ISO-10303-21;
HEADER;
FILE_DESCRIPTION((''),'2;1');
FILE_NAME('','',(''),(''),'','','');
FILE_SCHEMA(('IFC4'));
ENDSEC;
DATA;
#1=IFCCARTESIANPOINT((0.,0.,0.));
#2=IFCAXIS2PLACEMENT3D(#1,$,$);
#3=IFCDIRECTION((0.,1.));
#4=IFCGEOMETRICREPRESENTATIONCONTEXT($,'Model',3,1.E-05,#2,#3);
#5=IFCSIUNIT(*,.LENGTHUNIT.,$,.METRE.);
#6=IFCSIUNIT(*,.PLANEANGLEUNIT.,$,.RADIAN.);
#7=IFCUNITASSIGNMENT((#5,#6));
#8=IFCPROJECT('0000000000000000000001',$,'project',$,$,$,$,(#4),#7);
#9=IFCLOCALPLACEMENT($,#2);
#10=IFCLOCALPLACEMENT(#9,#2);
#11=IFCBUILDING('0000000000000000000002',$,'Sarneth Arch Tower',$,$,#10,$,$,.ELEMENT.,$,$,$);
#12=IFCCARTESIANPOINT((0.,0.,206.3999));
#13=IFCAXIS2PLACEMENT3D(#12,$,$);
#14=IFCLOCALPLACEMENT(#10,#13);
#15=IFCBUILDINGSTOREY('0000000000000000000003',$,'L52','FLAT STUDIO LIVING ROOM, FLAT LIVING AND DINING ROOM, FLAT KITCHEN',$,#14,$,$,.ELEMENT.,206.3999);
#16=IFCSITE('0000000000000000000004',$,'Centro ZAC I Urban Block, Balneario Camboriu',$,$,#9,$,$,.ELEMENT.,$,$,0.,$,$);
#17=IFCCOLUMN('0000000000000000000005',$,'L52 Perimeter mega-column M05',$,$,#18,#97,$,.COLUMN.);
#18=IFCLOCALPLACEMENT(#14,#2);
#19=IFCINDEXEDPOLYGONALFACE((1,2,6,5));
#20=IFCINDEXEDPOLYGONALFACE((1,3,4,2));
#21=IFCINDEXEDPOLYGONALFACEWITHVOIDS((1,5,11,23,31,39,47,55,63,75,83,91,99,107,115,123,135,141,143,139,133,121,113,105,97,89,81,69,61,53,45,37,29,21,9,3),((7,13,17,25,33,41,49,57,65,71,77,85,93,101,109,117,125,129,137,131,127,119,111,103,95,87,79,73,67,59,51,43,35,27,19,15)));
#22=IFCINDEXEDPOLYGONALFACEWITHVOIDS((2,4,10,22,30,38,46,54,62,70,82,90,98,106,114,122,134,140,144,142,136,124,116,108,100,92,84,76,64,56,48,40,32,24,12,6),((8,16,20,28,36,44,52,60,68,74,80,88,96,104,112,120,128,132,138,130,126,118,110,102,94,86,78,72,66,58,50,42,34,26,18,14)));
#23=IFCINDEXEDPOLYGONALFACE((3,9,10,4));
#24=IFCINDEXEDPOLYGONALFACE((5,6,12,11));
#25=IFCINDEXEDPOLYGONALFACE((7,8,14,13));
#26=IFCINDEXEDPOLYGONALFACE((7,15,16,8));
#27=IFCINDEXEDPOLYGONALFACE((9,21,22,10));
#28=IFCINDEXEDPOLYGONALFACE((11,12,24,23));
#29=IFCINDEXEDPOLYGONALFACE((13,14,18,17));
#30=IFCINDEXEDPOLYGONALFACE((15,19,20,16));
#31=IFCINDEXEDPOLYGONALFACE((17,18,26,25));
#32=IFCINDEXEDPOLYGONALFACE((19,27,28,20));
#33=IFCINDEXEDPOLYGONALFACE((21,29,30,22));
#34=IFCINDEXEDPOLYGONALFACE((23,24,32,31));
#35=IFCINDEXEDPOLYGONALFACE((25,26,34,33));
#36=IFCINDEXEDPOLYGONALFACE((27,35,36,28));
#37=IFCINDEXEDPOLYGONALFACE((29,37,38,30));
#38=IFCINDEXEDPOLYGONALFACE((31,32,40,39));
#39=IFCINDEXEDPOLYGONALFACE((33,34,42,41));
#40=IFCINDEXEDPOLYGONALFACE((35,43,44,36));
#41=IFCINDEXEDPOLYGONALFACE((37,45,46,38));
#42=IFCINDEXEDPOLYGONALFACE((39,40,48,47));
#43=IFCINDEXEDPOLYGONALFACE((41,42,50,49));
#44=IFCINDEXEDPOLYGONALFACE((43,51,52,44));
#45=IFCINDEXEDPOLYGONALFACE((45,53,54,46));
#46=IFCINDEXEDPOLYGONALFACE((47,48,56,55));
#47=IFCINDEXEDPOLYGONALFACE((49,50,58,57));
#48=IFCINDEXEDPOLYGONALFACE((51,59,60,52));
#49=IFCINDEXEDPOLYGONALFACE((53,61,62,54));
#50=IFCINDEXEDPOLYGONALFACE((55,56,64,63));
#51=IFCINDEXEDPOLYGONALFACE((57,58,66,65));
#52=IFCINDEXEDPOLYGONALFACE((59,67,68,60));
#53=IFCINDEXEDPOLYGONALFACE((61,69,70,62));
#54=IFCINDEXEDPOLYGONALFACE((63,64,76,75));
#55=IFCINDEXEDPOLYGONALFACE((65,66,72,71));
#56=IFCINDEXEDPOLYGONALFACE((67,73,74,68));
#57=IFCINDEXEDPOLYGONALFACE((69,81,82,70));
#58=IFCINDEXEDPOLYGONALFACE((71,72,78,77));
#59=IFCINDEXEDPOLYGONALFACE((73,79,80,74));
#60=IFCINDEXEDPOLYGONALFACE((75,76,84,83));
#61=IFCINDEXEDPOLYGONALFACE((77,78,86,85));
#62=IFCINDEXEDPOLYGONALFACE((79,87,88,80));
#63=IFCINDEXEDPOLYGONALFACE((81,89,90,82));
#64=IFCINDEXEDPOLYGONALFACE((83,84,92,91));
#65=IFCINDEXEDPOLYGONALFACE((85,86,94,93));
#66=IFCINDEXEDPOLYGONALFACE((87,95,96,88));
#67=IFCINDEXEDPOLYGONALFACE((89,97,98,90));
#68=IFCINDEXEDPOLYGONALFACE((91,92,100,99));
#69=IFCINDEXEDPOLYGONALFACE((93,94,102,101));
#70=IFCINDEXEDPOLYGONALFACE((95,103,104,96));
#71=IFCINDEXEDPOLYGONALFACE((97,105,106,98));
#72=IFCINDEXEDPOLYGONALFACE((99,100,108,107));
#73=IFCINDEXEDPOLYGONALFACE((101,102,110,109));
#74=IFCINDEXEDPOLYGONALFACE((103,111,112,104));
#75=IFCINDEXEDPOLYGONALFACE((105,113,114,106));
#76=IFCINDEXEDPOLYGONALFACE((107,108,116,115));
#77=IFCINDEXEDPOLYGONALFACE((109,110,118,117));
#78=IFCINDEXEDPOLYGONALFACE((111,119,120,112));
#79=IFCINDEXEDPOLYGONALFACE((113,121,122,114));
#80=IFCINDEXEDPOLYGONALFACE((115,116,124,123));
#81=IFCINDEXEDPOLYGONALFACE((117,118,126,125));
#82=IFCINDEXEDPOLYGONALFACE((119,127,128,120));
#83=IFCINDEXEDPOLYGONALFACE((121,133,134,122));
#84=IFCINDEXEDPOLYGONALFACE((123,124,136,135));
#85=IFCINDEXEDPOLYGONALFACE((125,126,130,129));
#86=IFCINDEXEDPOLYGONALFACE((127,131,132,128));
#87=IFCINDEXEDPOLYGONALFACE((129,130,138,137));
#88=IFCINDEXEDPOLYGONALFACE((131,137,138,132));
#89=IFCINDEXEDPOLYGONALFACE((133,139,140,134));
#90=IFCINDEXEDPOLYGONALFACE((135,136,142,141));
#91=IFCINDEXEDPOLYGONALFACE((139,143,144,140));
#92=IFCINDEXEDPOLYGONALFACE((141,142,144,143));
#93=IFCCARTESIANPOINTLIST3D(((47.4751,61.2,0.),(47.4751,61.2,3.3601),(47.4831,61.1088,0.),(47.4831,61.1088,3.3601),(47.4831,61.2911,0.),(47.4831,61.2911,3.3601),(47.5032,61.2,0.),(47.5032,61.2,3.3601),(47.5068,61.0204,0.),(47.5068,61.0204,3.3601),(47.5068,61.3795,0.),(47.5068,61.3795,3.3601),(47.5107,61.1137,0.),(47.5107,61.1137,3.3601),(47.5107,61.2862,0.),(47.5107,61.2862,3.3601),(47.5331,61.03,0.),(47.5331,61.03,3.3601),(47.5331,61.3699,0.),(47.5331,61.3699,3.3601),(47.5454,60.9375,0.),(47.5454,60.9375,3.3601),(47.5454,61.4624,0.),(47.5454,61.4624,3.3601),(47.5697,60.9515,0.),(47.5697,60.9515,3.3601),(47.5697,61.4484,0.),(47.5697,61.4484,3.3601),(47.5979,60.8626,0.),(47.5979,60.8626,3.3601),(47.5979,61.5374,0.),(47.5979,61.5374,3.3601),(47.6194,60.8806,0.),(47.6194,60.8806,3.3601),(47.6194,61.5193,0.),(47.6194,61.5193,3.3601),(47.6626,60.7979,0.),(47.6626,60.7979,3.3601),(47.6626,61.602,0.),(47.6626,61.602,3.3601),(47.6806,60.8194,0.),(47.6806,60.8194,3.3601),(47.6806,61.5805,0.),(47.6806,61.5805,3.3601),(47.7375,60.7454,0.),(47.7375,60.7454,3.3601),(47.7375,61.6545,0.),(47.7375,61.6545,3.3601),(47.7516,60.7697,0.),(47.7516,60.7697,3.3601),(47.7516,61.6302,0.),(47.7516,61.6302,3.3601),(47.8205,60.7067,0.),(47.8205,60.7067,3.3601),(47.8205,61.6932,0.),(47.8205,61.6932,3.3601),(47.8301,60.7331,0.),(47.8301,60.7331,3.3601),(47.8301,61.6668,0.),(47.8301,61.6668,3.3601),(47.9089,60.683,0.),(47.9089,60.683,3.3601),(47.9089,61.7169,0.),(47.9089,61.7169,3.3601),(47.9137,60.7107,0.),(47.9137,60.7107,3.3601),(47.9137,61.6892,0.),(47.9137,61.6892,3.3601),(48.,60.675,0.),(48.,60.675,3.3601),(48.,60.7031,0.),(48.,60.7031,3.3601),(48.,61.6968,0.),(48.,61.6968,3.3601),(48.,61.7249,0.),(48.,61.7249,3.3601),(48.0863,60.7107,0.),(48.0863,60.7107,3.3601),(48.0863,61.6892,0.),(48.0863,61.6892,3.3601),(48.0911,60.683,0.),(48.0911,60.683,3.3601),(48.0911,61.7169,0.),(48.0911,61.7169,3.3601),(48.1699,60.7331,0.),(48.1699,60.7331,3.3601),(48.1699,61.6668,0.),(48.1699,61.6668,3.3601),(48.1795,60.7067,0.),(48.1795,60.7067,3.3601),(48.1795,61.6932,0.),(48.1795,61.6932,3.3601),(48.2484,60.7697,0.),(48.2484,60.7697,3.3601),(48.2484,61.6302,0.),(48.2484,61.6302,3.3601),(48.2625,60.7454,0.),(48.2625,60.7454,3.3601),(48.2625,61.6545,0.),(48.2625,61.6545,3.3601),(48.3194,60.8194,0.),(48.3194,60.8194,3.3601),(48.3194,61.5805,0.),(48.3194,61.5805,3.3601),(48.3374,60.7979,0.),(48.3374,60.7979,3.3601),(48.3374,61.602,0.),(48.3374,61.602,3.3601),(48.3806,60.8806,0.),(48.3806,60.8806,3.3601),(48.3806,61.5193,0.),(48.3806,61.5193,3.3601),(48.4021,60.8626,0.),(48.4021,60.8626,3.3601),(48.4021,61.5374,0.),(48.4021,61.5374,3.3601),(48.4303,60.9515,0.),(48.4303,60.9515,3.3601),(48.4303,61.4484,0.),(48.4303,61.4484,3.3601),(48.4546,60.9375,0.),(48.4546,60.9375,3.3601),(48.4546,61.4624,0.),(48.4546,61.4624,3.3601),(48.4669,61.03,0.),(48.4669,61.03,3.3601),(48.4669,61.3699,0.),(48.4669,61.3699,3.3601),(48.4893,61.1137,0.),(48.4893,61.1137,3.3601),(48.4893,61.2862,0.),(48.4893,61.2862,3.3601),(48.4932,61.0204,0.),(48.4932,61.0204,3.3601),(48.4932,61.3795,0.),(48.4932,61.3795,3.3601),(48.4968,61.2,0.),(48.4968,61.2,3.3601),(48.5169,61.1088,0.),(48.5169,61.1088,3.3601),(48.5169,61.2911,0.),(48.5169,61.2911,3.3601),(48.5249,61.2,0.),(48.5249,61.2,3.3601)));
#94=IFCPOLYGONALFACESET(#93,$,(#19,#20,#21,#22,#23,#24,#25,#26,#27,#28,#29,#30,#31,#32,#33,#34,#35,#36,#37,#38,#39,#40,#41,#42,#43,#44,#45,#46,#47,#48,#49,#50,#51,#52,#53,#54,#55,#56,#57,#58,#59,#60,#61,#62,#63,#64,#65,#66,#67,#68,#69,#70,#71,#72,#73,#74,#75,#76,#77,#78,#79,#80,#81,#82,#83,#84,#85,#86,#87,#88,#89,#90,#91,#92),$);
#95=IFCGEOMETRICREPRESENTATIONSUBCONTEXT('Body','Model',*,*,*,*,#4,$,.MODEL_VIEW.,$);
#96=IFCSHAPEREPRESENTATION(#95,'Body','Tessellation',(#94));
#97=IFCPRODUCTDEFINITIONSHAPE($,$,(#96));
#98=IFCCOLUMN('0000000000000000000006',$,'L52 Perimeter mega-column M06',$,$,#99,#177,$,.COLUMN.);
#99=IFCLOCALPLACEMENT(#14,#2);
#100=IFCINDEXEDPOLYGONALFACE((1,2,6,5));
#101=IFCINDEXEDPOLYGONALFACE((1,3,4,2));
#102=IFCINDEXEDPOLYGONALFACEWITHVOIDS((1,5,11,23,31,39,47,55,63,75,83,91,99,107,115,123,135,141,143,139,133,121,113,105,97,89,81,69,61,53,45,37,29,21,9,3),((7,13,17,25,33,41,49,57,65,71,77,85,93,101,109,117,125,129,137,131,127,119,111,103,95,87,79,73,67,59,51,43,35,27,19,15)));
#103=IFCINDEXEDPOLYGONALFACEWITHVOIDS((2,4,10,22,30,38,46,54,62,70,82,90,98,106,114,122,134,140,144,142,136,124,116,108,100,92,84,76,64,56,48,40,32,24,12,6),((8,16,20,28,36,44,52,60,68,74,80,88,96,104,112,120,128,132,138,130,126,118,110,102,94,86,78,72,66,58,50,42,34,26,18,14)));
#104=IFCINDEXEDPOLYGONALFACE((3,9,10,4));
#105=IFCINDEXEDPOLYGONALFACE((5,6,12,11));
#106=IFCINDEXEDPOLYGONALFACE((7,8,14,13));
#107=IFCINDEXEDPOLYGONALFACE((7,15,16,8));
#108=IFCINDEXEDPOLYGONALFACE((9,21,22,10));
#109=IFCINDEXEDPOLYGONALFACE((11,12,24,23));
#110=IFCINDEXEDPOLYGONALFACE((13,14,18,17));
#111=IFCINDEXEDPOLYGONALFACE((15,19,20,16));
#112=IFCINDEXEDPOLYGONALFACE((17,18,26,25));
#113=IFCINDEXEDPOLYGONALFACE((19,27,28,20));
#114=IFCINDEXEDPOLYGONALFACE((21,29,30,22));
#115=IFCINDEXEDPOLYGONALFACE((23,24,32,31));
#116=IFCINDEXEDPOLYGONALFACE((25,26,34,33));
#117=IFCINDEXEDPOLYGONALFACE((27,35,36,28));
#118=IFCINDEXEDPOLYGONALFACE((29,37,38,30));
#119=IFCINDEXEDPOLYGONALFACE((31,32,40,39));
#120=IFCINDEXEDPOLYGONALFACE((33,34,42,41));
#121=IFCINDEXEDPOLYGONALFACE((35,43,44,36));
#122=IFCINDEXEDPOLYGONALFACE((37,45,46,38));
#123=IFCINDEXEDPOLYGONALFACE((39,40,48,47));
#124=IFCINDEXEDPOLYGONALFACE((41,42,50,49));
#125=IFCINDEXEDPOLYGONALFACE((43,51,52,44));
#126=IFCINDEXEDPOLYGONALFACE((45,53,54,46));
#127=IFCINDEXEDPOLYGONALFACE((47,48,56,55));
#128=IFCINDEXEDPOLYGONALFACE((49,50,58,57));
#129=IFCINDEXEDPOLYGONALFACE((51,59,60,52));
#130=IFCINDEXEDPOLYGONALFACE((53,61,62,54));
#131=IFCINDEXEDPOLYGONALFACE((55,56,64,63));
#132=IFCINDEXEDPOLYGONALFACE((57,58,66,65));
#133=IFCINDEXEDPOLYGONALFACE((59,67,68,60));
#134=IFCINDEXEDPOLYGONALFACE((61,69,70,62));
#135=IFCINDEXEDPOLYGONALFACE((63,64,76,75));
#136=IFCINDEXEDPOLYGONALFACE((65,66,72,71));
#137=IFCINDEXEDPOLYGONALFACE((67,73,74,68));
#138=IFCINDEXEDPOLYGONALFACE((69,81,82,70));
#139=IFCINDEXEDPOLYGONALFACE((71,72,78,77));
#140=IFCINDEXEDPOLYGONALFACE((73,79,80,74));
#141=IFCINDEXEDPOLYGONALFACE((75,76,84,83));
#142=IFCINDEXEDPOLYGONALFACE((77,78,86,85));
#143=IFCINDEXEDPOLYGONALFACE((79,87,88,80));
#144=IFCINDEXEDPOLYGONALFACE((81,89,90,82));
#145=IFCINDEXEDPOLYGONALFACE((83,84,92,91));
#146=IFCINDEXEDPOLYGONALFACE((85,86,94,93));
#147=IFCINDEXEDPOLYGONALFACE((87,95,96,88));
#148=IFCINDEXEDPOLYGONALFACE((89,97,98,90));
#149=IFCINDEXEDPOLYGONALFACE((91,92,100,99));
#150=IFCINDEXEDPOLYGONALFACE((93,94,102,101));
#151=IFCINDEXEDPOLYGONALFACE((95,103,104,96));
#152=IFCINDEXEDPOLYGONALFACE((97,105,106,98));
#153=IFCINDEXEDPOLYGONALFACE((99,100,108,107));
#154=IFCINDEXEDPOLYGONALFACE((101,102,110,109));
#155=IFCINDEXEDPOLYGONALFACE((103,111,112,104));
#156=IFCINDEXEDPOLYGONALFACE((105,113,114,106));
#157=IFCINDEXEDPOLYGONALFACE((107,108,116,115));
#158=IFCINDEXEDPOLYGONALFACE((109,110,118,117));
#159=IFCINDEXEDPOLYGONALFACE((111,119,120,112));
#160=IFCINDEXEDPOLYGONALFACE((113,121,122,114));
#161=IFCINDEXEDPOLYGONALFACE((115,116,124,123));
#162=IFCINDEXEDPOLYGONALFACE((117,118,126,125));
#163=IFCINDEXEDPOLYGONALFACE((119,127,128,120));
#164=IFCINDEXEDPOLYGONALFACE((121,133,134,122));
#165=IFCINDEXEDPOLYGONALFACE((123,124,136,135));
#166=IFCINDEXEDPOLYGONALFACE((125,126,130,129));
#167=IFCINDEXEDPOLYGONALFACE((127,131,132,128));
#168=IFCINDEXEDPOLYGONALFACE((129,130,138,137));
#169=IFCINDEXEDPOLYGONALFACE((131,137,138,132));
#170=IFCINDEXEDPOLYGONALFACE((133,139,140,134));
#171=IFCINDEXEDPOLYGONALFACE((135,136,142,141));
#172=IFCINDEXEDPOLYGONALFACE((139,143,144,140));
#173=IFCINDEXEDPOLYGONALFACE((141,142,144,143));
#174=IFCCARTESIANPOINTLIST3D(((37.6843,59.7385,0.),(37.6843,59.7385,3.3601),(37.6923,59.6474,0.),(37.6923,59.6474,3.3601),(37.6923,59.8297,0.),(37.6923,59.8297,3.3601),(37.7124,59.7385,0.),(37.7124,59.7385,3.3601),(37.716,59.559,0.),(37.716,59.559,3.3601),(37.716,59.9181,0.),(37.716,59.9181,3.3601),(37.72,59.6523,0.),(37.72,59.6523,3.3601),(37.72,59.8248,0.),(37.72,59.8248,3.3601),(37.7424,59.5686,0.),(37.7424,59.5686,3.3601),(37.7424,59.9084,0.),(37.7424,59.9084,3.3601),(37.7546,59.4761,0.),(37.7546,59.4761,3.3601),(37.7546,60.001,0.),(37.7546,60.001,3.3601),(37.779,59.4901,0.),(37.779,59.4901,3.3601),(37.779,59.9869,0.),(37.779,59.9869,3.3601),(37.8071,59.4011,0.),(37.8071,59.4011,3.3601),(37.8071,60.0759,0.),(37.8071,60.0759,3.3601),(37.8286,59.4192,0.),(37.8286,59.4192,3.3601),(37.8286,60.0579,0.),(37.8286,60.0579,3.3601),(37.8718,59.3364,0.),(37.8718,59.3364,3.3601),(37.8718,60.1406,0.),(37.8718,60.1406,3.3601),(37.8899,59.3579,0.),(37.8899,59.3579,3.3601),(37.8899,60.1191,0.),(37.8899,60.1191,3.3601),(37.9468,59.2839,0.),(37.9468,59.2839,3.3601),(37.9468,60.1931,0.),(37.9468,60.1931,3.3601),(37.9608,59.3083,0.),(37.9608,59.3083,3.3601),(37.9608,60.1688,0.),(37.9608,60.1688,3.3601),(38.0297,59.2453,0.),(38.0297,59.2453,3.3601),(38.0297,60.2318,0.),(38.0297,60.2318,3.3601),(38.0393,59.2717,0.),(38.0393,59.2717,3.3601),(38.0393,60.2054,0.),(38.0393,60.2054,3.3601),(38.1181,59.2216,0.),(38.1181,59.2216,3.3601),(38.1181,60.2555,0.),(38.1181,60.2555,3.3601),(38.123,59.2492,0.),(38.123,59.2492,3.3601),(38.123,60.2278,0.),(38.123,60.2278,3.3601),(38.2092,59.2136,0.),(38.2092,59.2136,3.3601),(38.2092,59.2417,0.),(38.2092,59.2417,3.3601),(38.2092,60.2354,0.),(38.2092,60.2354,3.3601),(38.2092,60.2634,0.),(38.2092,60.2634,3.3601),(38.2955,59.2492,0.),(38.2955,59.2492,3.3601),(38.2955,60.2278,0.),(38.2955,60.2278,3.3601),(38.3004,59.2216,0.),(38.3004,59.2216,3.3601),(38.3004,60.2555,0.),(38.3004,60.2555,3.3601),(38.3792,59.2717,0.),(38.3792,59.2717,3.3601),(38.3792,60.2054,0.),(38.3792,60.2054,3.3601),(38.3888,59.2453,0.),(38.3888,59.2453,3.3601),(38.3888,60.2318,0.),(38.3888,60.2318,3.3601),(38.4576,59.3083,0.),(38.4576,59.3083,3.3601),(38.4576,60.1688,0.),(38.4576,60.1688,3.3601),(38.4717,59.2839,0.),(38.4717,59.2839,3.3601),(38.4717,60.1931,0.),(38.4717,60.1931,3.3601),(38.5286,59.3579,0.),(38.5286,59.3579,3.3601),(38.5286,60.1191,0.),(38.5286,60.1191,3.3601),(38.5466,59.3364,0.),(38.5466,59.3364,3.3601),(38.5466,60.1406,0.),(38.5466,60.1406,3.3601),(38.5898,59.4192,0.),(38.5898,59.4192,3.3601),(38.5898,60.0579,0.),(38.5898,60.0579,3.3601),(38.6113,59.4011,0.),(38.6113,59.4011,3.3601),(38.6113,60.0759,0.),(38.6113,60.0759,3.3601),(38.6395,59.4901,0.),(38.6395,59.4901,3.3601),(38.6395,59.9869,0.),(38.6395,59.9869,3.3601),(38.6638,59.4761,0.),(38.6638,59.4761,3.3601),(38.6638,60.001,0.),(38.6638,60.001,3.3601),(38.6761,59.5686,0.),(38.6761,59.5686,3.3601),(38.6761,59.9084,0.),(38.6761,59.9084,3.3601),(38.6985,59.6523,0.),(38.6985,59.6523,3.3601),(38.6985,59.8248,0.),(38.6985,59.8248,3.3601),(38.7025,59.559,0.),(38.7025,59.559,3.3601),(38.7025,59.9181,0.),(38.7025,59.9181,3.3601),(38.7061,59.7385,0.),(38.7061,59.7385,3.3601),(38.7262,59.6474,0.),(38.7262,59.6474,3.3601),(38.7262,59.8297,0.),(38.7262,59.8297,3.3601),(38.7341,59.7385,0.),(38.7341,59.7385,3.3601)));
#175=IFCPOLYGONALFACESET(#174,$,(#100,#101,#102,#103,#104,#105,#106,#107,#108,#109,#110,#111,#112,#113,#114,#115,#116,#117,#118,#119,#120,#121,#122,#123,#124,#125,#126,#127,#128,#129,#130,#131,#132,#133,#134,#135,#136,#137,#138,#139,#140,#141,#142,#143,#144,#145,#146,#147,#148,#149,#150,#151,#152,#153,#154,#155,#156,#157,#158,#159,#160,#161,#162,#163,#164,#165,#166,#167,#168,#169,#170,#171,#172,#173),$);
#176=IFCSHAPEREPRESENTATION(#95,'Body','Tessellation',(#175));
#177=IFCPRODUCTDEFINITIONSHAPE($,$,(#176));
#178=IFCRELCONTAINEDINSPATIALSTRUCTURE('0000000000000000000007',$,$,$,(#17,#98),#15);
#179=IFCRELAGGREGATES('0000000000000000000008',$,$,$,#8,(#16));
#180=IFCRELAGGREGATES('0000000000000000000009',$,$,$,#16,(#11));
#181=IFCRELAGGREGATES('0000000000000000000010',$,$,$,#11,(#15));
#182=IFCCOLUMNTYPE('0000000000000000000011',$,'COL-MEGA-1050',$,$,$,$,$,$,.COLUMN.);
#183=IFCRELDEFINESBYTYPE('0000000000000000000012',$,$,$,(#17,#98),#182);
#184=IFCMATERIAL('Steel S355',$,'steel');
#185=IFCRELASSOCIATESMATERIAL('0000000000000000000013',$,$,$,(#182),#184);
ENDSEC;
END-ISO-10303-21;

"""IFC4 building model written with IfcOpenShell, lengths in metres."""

from ifc_helpers import new_model, si_unit, direction, frame, origin, origin_2d, place, context, subcontext, project, spatial, hollow_circle, extrude, material, material_profile, profile_set, type_object, element, save


model = new_model("IFC4")

# Units and contexts
model_context = context("Model", 3, precision=1e-05, world=origin(), true_north=direction((0.0, 1.0)))
body_context = subcontext(model_context, "Body", "Model", "MODEL_VIEW")
ifc_project = project(units=[si_unit("LENGTHUNIT", "METRE"), si_unit("PLANEANGLEUNIT", "RADIAN")], contexts=[model_context])

# Site, building, storey
site_placement = place(None, origin())
site = spatial("IfcSite", under=ifc_project, at=site_placement, Name="Centro ZAC I Urban Block, Balneario Camboriu", CompositionType="ELEMENT", RefElevation=0.0)
building_placement = place(site_placement, origin())
building = spatial("IfcBuilding", under=site, at=building_placement, Name="Sarneth Arch Tower", CompositionType="ELEMENT")
storey_placement = place(building_placement, frame((0.0, 0.0, 206.3999)))
storey = spatial("IfcBuildingStorey", under=building, at=storey_placement, Name="L52", Description="FLAT STUDIO LIVING ROOM, FLAT LIVING AND DINING ROOM, FLAT KITCHEN", CompositionType="ELEMENT", Elevation=206.3999)

# Columns
ifc_material_1 = material(Name="Steel S355", Category="steel")
ifc_material_profile_1 = material_profile(ifc_material_1, hollow_circle(Radius=0.5249, WallThickness=0.0281, at=origin_2d()), Name="CHS1050x28")
ifc_profile_set_1 = profile_set([ifc_material_profile_1], Name="Steel S355")
column_type = type_object("IfcColumnType", Name="COL-MEGA-1050", PredefinedType="COLUMN", material=ifc_profile_set_1)
for number, where, z_axis, x_axis, name in (
    (1, (48.0, 61.2, 0.0), (0.0, 0.0, 1.0), (1.0, 0.0, 0.0), "L52 Perimeter mega-column M05"),
    (2, (38.2092, 59.7385, 0.0), (0.0, 0.0, 1.0), (1.0, 0.0, 0.0), "L52 Perimeter mega-column M06"),
):
    element("IfcColumn", number, at=place(storey_placement, frame(where, z_axis=z_axis, x_axis=x_axis)), inside=storey, type_object=column_type, Name=name, PredefinedType="COLUMN", context=body_context, shape_type="SweptSolid", body=[
        extrude(hollow_circle(Radius=0.5249, WallThickness=0.0281, at=origin_2d()), origin(), (0.0, 0.0, 1.0), 3.3601),
    ])

save(model, "model.ifc")
